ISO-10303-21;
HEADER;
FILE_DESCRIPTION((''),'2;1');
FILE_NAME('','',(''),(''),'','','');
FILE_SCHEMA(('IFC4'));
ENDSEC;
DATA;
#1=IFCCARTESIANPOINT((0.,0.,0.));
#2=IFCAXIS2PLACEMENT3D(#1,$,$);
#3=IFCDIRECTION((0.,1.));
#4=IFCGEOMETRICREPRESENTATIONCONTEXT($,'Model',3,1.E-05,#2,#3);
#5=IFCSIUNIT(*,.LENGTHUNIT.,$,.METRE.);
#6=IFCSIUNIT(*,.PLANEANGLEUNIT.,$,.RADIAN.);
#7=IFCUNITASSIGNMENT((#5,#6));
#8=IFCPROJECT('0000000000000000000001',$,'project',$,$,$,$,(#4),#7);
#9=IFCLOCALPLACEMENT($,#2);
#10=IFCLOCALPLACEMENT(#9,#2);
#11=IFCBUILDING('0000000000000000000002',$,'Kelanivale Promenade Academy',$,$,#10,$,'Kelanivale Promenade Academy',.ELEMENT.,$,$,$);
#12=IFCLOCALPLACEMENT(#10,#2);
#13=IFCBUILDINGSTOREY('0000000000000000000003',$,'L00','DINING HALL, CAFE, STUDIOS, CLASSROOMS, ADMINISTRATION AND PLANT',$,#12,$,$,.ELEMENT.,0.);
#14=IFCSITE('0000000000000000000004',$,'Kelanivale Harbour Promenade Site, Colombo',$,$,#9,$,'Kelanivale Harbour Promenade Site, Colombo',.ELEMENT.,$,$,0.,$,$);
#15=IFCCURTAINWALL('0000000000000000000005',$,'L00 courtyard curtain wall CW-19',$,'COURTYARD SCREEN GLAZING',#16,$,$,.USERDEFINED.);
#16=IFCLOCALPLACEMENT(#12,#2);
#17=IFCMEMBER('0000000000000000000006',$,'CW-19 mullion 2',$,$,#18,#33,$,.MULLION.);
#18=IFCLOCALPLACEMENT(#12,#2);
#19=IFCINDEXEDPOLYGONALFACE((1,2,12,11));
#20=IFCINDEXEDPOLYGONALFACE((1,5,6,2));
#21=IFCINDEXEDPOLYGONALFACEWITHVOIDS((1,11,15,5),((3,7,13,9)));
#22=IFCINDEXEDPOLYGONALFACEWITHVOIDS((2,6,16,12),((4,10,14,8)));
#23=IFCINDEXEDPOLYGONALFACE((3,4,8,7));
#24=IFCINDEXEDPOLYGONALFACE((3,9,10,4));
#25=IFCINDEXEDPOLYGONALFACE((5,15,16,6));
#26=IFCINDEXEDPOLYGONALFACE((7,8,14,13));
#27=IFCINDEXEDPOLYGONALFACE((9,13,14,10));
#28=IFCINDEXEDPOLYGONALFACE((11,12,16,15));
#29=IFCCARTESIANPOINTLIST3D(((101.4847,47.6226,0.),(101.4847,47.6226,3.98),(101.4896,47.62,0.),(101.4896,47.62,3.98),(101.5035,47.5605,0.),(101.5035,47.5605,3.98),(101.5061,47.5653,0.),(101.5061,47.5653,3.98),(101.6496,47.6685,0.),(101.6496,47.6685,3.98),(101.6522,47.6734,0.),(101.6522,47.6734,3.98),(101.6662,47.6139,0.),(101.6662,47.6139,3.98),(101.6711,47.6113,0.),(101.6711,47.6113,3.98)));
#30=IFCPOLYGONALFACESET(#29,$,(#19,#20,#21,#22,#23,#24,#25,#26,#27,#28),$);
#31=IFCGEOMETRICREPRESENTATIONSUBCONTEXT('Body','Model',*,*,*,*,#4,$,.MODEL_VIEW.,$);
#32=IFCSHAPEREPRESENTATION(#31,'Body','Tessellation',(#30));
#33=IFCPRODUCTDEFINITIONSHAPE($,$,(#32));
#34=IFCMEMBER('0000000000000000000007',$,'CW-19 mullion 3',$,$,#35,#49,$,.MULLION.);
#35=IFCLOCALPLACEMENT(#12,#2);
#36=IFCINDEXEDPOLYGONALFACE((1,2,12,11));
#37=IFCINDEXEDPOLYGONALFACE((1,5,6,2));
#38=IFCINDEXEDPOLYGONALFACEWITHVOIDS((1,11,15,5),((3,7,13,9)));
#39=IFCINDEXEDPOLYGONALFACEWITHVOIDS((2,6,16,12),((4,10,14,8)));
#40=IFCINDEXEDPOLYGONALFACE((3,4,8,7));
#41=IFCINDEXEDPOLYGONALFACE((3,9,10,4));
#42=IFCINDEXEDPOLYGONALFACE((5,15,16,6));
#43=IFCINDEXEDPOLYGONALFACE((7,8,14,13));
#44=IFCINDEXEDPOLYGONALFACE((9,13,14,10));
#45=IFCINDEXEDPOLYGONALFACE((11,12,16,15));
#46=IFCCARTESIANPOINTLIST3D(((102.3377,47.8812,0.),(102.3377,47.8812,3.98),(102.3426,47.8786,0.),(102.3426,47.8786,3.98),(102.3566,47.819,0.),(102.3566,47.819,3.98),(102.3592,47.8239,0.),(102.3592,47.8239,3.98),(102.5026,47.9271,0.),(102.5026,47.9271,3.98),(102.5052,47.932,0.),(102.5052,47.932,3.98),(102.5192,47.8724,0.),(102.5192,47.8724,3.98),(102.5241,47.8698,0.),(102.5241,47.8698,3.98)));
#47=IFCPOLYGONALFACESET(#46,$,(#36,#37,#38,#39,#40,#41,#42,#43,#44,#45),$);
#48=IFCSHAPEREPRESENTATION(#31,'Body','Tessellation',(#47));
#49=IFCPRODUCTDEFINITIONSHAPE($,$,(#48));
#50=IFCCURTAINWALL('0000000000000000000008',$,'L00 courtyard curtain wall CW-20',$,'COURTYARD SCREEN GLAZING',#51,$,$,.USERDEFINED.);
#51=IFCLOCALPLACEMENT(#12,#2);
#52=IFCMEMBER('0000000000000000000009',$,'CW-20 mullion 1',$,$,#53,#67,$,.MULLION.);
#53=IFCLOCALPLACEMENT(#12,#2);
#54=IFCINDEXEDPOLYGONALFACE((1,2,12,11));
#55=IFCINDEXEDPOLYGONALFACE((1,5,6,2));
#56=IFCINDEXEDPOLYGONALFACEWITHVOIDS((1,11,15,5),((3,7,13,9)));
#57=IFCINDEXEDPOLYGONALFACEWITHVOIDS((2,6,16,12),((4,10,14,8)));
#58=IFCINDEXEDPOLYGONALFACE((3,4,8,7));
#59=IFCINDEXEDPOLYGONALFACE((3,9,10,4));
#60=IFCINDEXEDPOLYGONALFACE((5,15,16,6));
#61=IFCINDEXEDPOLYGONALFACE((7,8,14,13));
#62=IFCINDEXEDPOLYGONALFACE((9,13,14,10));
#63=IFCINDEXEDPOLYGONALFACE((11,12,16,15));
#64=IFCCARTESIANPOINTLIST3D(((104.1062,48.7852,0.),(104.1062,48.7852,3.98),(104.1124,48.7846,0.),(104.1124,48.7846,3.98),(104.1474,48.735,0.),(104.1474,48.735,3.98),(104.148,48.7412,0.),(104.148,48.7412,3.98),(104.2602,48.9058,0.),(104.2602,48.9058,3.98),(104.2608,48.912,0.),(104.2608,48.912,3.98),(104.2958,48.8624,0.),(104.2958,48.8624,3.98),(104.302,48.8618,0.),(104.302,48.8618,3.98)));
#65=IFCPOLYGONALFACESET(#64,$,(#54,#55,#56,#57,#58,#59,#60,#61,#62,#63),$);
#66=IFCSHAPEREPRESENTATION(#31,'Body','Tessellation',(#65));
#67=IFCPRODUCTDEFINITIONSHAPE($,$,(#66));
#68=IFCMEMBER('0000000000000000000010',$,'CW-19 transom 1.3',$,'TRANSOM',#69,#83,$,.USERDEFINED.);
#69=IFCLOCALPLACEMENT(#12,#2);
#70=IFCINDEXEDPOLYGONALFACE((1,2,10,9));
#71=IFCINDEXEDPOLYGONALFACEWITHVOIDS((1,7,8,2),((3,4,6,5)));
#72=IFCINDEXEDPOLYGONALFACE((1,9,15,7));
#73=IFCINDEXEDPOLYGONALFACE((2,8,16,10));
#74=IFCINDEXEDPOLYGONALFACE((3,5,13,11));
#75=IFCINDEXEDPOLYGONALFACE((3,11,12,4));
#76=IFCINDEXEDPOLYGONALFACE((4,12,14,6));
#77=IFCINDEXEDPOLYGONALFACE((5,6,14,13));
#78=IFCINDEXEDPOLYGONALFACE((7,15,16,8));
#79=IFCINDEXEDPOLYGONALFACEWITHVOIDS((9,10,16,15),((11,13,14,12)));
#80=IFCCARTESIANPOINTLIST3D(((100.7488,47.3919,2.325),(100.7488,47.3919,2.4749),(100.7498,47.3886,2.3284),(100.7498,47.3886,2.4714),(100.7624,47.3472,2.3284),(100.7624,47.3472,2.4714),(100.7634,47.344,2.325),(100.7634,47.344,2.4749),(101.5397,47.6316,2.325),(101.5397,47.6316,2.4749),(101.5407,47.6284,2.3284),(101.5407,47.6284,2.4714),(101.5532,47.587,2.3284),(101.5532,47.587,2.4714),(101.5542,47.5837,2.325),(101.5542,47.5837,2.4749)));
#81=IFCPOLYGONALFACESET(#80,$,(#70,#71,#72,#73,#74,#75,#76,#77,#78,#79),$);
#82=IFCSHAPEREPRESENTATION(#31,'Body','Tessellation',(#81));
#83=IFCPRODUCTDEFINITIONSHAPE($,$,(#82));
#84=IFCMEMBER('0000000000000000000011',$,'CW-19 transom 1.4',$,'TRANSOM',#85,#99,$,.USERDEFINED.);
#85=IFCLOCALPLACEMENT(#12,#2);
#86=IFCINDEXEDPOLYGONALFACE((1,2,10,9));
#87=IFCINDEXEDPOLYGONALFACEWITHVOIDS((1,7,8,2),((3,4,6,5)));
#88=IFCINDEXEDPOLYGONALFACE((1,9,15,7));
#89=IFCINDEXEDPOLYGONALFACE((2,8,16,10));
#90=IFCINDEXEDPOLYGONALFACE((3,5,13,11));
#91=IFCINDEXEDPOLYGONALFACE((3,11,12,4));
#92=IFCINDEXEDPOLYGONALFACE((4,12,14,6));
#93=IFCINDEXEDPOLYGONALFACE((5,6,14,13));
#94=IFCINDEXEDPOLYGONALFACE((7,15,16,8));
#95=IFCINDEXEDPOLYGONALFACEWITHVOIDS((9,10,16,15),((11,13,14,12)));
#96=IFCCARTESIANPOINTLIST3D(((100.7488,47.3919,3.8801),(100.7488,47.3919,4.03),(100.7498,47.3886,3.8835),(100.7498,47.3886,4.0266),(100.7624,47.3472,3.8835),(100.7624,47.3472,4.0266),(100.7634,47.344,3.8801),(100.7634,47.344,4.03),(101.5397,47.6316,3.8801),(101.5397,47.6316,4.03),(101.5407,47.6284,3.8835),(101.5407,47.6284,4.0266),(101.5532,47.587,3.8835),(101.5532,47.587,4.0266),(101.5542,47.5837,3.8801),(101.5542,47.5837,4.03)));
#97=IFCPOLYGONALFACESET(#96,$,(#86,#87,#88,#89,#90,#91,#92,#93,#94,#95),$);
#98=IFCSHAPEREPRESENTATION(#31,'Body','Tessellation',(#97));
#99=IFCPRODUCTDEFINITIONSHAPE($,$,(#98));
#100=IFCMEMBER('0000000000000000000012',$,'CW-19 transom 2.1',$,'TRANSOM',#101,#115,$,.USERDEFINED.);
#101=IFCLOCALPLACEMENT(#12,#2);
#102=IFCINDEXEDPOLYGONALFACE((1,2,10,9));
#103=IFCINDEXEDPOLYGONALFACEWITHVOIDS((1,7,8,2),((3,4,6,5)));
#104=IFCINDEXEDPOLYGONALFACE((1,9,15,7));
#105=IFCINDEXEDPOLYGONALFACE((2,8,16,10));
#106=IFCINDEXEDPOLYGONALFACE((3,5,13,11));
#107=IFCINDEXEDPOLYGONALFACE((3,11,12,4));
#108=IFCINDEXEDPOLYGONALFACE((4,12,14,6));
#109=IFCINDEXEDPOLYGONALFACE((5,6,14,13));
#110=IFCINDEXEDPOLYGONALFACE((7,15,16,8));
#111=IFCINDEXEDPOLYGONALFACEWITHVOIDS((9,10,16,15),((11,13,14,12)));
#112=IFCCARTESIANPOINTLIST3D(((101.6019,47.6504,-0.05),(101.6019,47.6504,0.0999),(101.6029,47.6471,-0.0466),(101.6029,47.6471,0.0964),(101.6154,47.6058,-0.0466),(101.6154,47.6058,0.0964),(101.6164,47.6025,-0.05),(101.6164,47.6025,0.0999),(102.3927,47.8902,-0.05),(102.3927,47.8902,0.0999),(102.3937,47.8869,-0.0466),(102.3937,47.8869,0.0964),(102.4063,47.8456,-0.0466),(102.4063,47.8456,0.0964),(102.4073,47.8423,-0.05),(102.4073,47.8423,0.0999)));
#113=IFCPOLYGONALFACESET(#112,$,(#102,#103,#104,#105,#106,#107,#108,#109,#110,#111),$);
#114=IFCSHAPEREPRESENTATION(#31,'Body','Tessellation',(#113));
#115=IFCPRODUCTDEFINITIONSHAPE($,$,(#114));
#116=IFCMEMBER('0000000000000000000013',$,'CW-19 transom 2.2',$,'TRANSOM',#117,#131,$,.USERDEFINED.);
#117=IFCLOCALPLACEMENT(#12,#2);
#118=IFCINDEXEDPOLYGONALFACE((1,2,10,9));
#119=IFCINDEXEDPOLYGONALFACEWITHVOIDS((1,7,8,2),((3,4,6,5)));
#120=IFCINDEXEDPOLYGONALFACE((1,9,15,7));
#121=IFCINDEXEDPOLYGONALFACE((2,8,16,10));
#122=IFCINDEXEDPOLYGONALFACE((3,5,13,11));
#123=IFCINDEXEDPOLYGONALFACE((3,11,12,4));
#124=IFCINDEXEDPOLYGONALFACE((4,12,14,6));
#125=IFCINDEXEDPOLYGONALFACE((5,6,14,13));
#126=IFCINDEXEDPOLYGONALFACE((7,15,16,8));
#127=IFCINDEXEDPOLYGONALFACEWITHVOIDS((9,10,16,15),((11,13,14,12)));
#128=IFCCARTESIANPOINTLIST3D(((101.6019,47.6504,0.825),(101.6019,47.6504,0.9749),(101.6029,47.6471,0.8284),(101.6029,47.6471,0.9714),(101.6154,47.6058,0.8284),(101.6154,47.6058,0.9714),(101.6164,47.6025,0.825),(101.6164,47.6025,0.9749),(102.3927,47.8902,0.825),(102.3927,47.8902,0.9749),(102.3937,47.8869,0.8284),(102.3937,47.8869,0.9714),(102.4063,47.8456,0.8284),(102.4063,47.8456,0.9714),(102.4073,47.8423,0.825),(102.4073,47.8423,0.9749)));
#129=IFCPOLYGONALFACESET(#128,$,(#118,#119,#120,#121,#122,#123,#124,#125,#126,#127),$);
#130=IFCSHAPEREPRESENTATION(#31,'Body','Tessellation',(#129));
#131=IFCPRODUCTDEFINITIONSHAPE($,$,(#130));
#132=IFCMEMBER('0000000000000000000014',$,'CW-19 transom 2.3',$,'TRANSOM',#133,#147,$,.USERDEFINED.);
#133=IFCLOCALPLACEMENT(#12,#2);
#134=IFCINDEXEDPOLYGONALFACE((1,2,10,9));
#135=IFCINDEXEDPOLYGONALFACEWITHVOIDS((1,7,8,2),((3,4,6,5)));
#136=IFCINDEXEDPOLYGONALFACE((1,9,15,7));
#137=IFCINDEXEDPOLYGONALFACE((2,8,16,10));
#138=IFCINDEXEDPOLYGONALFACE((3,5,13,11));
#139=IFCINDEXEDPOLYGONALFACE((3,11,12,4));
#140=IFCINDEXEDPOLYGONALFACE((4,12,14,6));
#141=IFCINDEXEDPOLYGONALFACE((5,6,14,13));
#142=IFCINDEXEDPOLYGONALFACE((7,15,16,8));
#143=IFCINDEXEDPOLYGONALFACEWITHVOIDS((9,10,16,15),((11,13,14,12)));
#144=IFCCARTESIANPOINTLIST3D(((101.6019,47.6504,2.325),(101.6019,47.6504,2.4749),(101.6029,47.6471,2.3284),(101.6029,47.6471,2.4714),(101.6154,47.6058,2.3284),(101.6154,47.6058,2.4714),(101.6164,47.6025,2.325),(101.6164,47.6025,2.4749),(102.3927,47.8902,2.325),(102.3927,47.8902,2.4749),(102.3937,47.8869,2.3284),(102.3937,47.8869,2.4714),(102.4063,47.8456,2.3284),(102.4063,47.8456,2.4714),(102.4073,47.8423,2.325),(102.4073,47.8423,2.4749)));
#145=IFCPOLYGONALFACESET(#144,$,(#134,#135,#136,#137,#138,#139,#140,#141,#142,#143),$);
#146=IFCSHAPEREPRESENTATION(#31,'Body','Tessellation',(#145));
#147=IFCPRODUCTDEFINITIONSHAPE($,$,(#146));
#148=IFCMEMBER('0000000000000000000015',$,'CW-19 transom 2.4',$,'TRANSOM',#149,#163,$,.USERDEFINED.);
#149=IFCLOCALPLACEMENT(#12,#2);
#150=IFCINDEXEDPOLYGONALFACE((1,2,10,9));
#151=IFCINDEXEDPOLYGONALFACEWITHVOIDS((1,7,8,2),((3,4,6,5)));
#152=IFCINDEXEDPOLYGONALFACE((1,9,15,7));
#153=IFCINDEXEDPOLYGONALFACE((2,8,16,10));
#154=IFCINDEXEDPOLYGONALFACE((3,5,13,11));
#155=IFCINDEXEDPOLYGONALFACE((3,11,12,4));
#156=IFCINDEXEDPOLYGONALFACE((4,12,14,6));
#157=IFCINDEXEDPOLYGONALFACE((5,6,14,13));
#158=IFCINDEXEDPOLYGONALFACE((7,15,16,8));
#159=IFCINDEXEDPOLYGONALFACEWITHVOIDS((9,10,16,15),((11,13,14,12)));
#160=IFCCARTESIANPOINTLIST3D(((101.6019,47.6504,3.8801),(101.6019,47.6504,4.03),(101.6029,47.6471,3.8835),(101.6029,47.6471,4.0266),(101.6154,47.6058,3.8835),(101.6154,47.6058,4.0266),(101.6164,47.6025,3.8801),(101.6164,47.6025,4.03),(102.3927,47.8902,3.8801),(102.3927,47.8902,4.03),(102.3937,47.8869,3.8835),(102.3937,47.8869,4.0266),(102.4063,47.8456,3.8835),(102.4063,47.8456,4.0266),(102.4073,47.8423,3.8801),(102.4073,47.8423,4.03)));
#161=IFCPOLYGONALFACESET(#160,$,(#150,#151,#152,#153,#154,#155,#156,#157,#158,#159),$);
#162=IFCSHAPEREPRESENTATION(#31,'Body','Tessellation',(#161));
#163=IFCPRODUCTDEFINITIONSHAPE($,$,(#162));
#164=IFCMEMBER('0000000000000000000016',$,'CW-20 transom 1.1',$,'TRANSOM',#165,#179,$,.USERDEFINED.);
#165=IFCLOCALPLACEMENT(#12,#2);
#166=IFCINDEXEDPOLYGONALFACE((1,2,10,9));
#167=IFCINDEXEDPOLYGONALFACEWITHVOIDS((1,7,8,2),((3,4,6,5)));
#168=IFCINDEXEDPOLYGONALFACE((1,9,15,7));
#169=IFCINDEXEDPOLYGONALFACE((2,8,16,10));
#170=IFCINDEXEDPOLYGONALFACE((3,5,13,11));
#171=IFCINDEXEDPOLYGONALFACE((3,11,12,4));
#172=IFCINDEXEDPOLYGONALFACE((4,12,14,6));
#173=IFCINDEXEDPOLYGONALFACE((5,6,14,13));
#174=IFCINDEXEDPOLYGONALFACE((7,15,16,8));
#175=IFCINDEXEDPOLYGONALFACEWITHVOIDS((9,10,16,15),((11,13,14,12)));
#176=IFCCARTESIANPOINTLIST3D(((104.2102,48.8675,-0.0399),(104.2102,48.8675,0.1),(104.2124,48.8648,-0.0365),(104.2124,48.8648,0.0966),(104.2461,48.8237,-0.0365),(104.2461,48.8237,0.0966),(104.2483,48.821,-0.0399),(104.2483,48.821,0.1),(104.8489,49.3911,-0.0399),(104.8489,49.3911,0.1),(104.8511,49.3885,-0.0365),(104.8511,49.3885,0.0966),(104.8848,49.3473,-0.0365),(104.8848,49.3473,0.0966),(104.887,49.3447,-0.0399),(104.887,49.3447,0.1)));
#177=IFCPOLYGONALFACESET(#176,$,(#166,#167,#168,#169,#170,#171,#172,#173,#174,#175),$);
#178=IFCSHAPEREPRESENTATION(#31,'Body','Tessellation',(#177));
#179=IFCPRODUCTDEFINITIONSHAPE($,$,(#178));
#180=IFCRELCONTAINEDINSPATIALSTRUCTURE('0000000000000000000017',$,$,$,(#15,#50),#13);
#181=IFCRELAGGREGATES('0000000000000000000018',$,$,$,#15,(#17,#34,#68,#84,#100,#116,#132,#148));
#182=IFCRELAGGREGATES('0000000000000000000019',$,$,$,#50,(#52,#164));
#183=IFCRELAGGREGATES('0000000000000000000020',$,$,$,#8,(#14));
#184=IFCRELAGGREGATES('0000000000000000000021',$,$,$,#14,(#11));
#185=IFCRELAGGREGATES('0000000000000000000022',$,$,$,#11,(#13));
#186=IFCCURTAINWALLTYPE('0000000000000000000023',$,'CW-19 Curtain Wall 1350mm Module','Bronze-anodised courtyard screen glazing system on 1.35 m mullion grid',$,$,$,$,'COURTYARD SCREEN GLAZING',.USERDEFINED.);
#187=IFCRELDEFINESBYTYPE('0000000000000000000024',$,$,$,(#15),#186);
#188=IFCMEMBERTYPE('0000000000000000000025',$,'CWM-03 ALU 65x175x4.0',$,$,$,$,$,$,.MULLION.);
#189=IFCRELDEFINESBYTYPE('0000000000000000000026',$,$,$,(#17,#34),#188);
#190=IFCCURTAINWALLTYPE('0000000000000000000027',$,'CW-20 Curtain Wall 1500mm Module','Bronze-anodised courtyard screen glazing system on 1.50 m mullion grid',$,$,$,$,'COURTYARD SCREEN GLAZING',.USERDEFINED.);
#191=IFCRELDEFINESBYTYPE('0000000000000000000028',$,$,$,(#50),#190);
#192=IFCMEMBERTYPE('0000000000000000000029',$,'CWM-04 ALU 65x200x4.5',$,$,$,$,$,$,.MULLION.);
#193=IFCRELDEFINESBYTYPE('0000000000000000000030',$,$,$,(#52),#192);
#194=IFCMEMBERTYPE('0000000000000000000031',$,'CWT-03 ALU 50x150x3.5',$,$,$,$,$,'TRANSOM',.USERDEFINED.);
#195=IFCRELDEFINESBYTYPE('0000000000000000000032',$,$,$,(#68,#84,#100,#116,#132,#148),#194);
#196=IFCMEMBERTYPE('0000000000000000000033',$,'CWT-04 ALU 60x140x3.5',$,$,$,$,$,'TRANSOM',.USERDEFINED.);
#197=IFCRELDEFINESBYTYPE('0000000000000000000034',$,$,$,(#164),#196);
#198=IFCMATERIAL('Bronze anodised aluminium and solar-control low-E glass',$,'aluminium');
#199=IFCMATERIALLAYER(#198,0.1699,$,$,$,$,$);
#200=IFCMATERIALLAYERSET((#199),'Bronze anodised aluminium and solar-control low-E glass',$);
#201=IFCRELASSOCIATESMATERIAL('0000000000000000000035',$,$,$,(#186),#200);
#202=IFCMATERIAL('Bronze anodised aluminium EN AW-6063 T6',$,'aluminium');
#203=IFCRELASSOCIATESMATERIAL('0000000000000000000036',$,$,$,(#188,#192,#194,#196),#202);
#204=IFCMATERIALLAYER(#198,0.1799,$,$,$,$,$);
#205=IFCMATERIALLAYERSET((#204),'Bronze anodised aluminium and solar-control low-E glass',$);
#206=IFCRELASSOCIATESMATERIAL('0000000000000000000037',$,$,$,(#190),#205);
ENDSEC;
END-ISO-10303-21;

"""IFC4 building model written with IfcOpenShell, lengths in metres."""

from ifc_helpers import new_model, si_unit, direction, frame, origin, origin_2d, place, context, subcontext, project, spatial, hollow_rectangle, extrude, material, layer, layer_set, material_profile, profile_set, type_object, element, aggregate, save


model = new_model("IFC4")

# Units and contexts
model_context = context("Model", 3, precision=1e-05, world=origin(), true_north=direction((0.0, 1.0)))
body_context = subcontext(model_context, "Body", "Model", "MODEL_VIEW")
ifc_project = project(units=[si_unit("LENGTHUNIT", "METRE"), si_unit("PLANEANGLEUNIT", "RADIAN")], contexts=[model_context])

# Site, building, storey
site_placement = place(None, origin())
site = spatial("IfcSite", under=ifc_project, at=site_placement, Name="Kelanivale Harbour Promenade Site, Colombo", LongName="Kelanivale Harbour Promenade Site, Colombo", CompositionType="ELEMENT", RefElevation=0.0)
building_placement = place(site_placement, origin())
building = spatial("IfcBuilding", under=site, at=building_placement, Name="Kelanivale Promenade Academy", LongName="Kelanivale Promenade Academy", CompositionType="ELEMENT")
storey_placement = place(building_placement, origin())
storey = spatial("IfcBuildingStorey", under=building, at=storey_placement, Name="L00", Description="DINING HALL, CAFE, STUDIOS, CLASSROOMS, ADMINISTRATION AND PLANT", CompositionType="ELEMENT", Elevation=0.0)

# Curtain wall, members
ifc_material_1 = material(Name="Bronze anodised aluminium and solar-control low-E glass", Category="aluminium")
ifc_layer_1 = layer(ifc_material_1, 0.1699)
ifc_layer_set_1 = layer_set([ifc_layer_1], Name="Bronze anodised aluminium and solar-control low-E glass")
curtain_wall_type_1 = type_object("IfcCurtainWallType", Name="CW-19 Curtain Wall 1350mm Module", Description="Bronze-anodised courtyard screen glazing system on 1.35 m mullion grid", ElementType="COURTYARD SCREEN GLAZING", PredefinedType="USERDEFINED", material=ifc_layer_set_1)
curtain_wall_1_placement = place(storey_placement, origin())
curtain_wall_1 = element("IfcCurtainWall", 1, at=curtain_wall_1_placement, inside=storey, type_object=curtain_wall_type_1, Name="L00 courtyard curtain wall CW-19", ObjectType="COURTYARD SCREEN GLAZING", PredefinedType="USERDEFINED")
ifc_material_2 = material(Name="Bronze anodised aluminium EN AW-6063 T6", Category="aluminium")
ifc_material_profile_1 = material_profile(ifc_material_2, hollow_rectangle(XDim=0.0649, YDim=0.175, WallThickness=0.0039, at=origin_2d()), Name="ALU 65x175x4.0")
ifc_profile_set_1 = profile_set([ifc_material_profile_1], Name="Bronze anodised aluminium EN AW-6063 T6")
member_type_1 = type_object("IfcMemberType", Name="CWM-03 ALU 65x175x4.0", PredefinedType="MULLION", material=ifc_profile_set_1)
member_1_placement = place(storey_placement, frame((101.5779, 47.6169, 0.0), z_axis=(0.0, 0.0, 1.0), x_axis=(-0.290128, 0.956988, 0.0)))
member_1 = element("IfcMember", 2, at=member_1_placement, type_object=member_type_1, Name="CW-19 mullion 2", PredefinedType="MULLION", context=body_context, shape_type="SweptSolid", body=[
    extrude(hollow_rectangle(XDim=0.0649, YDim=0.175, WallThickness=0.0039, at=origin_2d()), origin(), (0.0, 0.0, 1.0), 3.98),
])
member_2_placement = place(storey_placement, frame((102.4309, 47.8755, 0.0), z_axis=(0.0, 0.0, 1.0), x_axis=(-0.290128, 0.956988, 0.0)))
member_2 = element("IfcMember", 3, at=member_2_placement, type_object=member_type_1, Name="CW-19 mullion 3", PredefinedType="MULLION", context=body_context, shape_type="SweptSolid", body=[
    extrude(hollow_rectangle(XDim=0.0649, YDim=0.175, WallThickness=0.0039, at=origin_2d()), origin(), (0.0, 0.0, 1.0), 3.98),
])

# Curtain wall, member
ifc_layer_2 = layer(ifc_material_1, 0.1799)
ifc_layer_set_2 = layer_set([ifc_layer_2], Name="Bronze anodised aluminium and solar-control low-E glass")
curtain_wall_type_2 = type_object("IfcCurtainWallType", Name="CW-20 Curtain Wall 1500mm Module", Description="Bronze-anodised courtyard screen glazing system on 1.50 m mullion grid", ElementType="COURTYARD SCREEN GLAZING", PredefinedType="USERDEFINED", material=ifc_layer_set_2)
curtain_wall_2_placement = place(storey_placement, origin())
curtain_wall_2 = element("IfcCurtainWall", 4, at=curtain_wall_2_placement, inside=storey, type_object=curtain_wall_type_2, Name="L00 courtyard curtain wall CW-20", ObjectType="COURTYARD SCREEN GLAZING", PredefinedType="USERDEFINED")
ifc_material_profile_2 = material_profile(ifc_material_2, hollow_rectangle(XDim=0.0649, YDim=0.2, WallThickness=0.0044, at=origin_2d()), Name="ALU 65x200x4.5")
ifc_profile_set_2 = profile_set([ifc_material_profile_2], Name="Bronze anodised aluminium EN AW-6063 T6")
member_type_2 = type_object("IfcMemberType", Name="CWM-04 ALU 65x200x4.5", PredefinedType="MULLION", material=ifc_profile_set_2)
member_3_placement = place(storey_placement, frame((104.2041, 48.8235, 0.0), z_axis=(0.0, 0.0, 1.0), x_axis=(-0.634093, 0.773257, 0.0)))
member_3 = element("IfcMember", 5, at=member_3_placement, type_object=member_type_2, Name="CW-20 mullion 1", PredefinedType="MULLION", context=body_context, shape_type="SweptSolid", body=[
    extrude(hollow_rectangle(XDim=0.0649, YDim=0.2, WallThickness=0.0044, at=origin_2d()), origin(), (0.0, 0.0, 1.0), 3.98),
])

# Members
ifc_material_profile_3 = material_profile(ifc_material_2, hollow_rectangle(XDim=0.05, YDim=0.1499, WallThickness=0.0034, at=origin_2d()), Name="ALU 50x150x3.5")
ifc_profile_set_3 = profile_set([ifc_material_profile_3], Name="Bronze anodised aluminium EN AW-6063 T6")
member_type_3 = type_object("IfcMemberType", Name="CWT-03 ALU 50x150x3.5", ElementType="TRANSOM", PredefinedType="USERDEFINED", material=ifc_profile_set_3)
member_4_placement = place(storey_placement, frame((100.7561, 47.3679, 2.3999), z_axis=(0.956985, 0.290139, 0.0), x_axis=(-0.290139, 0.956985, 0.0)))
member_4 = element("IfcMember", 6, at=member_4_placement, type_object=member_type_3, Name="CW-19 transom 1.3", ObjectType="TRANSOM", PredefinedType="USERDEFINED", context=body_context, shape_type="SweptSolid", body=[
    extrude(hollow_rectangle(XDim=0.05, YDim=0.1499, WallThickness=0.0034, at=origin_2d()), origin(), (0.0, 0.0, 1.0), 0.8264),
])
member_5_placement = place(storey_placement, frame((100.7561, 47.3679, 3.9551), z_axis=(0.956985, 0.290139, 0.0), x_axis=(-0.290139, 0.956985, 0.0)))
member_5 = element("IfcMember", 7, at=member_5_placement, type_object=member_type_3, Name="CW-19 transom 1.4", ObjectType="TRANSOM", PredefinedType="USERDEFINED", context=body_context, shape_type="SweptSolid", body=[
    extrude(hollow_rectangle(XDim=0.05, YDim=0.1499, WallThickness=0.0034, at=origin_2d()), origin(), (0.0, 0.0, 1.0), 0.8264),
])
member_6_placement = place(storey_placement, frame((101.6091, 47.6265, 0.0249), z_axis=(0.956985, 0.290139, 0.0), x_axis=(-0.290139, 0.956985, 0.0)))
member_6 = element("IfcMember", 8, at=member_6_placement, type_object=member_type_3, Name="CW-19 transom 2.1", ObjectType="TRANSOM", PredefinedType="USERDEFINED", context=body_context, shape_type="SweptSolid", body=[
    extrude(hollow_rectangle(XDim=0.05, YDim=0.1499, WallThickness=0.0034, at=origin_2d()), origin(), (0.0, 0.0, 1.0), 0.8264),
])
member_7_placement = place(storey_placement, frame((101.6091, 47.6265, 0.8999), z_axis=(0.956985, 0.290139, 0.0), x_axis=(-0.290139, 0.956985, 0.0)))
member_7 = element("IfcMember", 9, at=member_7_placement, type_object=member_type_3, Name="CW-19 transom 2.2", ObjectType="TRANSOM", PredefinedType="USERDEFINED", context=body_context, shape_type="SweptSolid", body=[
    extrude(hollow_rectangle(XDim=0.05, YDim=0.1499, WallThickness=0.0034, at=origin_2d()), origin(), (0.0, 0.0, 1.0), 0.8264),
])
member_8_placement = place(storey_placement, frame((101.6091, 47.6265, 2.3999), z_axis=(0.956985, 0.290139, 0.0), x_axis=(-0.290139, 0.956985, 0.0)))
member_8 = element("IfcMember", 10, at=member_8_placement, type_object=member_type_3, Name="CW-19 transom 2.3", ObjectType="TRANSOM", PredefinedType="USERDEFINED", context=body_context, shape_type="SweptSolid", body=[
    extrude(hollow_rectangle(XDim=0.05, YDim=0.1499, WallThickness=0.0034, at=origin_2d()), origin(), (0.0, 0.0, 1.0), 0.8264),
])
member_9_placement = place(storey_placement, frame((101.6091, 47.6265, 3.9551), z_axis=(0.956985, 0.290139, 0.0), x_axis=(-0.290139, 0.956985, 0.0)))
member_9 = element("IfcMember", 11, at=member_9_placement, type_object=member_type_3, Name="CW-19 transom 2.4", ObjectType="TRANSOM", PredefinedType="USERDEFINED", context=body_context, shape_type="SweptSolid", body=[
    extrude(hollow_rectangle(XDim=0.05, YDim=0.1499, WallThickness=0.0034, at=origin_2d()), origin(), (0.0, 0.0, 1.0), 0.8264),
])
ifc_material_profile_4 = material_profile(ifc_material_2, hollow_rectangle(XDim=0.0601, YDim=0.1399, WallThickness=0.0034, at=origin_2d()), Name="ALU 60x140x3.5")
ifc_profile_set_4 = profile_set([ifc_material_profile_4], Name="Bronze anodised aluminium EN AW-6063 T6")
member_type_4 = type_object("IfcMemberType", Name="CWT-04 ALU 60x140x3.5", ElementType="TRANSOM", PredefinedType="USERDEFINED", material=ifc_profile_set_4)
member_10_placement = place(storey_placement, frame((104.2292, 48.8442, 0.03), z_axis=(0.773285, 0.634058, 0.0), x_axis=(-0.634058, 0.773285, 0.0)))
member_10 = element("IfcMember", 12, at=member_10_placement, type_object=member_type_4, Name="CW-20 transom 1.1", ObjectType="TRANSOM", PredefinedType="USERDEFINED", context=body_context, shape_type="SweptSolid", body=[
    extrude(hollow_rectangle(XDim=0.0601, YDim=0.1399, WallThickness=0.0034, at=origin_2d()), origin(), (0.0, 0.0, 1.0), 0.8259),
])

aggregate(curtain_wall_1, [member_1, member_2, member_4, member_5, member_6, member_7, member_8, member_9])
aggregate(curtain_wall_2, [member_3, member_10])

save(model, "model.ifc")
